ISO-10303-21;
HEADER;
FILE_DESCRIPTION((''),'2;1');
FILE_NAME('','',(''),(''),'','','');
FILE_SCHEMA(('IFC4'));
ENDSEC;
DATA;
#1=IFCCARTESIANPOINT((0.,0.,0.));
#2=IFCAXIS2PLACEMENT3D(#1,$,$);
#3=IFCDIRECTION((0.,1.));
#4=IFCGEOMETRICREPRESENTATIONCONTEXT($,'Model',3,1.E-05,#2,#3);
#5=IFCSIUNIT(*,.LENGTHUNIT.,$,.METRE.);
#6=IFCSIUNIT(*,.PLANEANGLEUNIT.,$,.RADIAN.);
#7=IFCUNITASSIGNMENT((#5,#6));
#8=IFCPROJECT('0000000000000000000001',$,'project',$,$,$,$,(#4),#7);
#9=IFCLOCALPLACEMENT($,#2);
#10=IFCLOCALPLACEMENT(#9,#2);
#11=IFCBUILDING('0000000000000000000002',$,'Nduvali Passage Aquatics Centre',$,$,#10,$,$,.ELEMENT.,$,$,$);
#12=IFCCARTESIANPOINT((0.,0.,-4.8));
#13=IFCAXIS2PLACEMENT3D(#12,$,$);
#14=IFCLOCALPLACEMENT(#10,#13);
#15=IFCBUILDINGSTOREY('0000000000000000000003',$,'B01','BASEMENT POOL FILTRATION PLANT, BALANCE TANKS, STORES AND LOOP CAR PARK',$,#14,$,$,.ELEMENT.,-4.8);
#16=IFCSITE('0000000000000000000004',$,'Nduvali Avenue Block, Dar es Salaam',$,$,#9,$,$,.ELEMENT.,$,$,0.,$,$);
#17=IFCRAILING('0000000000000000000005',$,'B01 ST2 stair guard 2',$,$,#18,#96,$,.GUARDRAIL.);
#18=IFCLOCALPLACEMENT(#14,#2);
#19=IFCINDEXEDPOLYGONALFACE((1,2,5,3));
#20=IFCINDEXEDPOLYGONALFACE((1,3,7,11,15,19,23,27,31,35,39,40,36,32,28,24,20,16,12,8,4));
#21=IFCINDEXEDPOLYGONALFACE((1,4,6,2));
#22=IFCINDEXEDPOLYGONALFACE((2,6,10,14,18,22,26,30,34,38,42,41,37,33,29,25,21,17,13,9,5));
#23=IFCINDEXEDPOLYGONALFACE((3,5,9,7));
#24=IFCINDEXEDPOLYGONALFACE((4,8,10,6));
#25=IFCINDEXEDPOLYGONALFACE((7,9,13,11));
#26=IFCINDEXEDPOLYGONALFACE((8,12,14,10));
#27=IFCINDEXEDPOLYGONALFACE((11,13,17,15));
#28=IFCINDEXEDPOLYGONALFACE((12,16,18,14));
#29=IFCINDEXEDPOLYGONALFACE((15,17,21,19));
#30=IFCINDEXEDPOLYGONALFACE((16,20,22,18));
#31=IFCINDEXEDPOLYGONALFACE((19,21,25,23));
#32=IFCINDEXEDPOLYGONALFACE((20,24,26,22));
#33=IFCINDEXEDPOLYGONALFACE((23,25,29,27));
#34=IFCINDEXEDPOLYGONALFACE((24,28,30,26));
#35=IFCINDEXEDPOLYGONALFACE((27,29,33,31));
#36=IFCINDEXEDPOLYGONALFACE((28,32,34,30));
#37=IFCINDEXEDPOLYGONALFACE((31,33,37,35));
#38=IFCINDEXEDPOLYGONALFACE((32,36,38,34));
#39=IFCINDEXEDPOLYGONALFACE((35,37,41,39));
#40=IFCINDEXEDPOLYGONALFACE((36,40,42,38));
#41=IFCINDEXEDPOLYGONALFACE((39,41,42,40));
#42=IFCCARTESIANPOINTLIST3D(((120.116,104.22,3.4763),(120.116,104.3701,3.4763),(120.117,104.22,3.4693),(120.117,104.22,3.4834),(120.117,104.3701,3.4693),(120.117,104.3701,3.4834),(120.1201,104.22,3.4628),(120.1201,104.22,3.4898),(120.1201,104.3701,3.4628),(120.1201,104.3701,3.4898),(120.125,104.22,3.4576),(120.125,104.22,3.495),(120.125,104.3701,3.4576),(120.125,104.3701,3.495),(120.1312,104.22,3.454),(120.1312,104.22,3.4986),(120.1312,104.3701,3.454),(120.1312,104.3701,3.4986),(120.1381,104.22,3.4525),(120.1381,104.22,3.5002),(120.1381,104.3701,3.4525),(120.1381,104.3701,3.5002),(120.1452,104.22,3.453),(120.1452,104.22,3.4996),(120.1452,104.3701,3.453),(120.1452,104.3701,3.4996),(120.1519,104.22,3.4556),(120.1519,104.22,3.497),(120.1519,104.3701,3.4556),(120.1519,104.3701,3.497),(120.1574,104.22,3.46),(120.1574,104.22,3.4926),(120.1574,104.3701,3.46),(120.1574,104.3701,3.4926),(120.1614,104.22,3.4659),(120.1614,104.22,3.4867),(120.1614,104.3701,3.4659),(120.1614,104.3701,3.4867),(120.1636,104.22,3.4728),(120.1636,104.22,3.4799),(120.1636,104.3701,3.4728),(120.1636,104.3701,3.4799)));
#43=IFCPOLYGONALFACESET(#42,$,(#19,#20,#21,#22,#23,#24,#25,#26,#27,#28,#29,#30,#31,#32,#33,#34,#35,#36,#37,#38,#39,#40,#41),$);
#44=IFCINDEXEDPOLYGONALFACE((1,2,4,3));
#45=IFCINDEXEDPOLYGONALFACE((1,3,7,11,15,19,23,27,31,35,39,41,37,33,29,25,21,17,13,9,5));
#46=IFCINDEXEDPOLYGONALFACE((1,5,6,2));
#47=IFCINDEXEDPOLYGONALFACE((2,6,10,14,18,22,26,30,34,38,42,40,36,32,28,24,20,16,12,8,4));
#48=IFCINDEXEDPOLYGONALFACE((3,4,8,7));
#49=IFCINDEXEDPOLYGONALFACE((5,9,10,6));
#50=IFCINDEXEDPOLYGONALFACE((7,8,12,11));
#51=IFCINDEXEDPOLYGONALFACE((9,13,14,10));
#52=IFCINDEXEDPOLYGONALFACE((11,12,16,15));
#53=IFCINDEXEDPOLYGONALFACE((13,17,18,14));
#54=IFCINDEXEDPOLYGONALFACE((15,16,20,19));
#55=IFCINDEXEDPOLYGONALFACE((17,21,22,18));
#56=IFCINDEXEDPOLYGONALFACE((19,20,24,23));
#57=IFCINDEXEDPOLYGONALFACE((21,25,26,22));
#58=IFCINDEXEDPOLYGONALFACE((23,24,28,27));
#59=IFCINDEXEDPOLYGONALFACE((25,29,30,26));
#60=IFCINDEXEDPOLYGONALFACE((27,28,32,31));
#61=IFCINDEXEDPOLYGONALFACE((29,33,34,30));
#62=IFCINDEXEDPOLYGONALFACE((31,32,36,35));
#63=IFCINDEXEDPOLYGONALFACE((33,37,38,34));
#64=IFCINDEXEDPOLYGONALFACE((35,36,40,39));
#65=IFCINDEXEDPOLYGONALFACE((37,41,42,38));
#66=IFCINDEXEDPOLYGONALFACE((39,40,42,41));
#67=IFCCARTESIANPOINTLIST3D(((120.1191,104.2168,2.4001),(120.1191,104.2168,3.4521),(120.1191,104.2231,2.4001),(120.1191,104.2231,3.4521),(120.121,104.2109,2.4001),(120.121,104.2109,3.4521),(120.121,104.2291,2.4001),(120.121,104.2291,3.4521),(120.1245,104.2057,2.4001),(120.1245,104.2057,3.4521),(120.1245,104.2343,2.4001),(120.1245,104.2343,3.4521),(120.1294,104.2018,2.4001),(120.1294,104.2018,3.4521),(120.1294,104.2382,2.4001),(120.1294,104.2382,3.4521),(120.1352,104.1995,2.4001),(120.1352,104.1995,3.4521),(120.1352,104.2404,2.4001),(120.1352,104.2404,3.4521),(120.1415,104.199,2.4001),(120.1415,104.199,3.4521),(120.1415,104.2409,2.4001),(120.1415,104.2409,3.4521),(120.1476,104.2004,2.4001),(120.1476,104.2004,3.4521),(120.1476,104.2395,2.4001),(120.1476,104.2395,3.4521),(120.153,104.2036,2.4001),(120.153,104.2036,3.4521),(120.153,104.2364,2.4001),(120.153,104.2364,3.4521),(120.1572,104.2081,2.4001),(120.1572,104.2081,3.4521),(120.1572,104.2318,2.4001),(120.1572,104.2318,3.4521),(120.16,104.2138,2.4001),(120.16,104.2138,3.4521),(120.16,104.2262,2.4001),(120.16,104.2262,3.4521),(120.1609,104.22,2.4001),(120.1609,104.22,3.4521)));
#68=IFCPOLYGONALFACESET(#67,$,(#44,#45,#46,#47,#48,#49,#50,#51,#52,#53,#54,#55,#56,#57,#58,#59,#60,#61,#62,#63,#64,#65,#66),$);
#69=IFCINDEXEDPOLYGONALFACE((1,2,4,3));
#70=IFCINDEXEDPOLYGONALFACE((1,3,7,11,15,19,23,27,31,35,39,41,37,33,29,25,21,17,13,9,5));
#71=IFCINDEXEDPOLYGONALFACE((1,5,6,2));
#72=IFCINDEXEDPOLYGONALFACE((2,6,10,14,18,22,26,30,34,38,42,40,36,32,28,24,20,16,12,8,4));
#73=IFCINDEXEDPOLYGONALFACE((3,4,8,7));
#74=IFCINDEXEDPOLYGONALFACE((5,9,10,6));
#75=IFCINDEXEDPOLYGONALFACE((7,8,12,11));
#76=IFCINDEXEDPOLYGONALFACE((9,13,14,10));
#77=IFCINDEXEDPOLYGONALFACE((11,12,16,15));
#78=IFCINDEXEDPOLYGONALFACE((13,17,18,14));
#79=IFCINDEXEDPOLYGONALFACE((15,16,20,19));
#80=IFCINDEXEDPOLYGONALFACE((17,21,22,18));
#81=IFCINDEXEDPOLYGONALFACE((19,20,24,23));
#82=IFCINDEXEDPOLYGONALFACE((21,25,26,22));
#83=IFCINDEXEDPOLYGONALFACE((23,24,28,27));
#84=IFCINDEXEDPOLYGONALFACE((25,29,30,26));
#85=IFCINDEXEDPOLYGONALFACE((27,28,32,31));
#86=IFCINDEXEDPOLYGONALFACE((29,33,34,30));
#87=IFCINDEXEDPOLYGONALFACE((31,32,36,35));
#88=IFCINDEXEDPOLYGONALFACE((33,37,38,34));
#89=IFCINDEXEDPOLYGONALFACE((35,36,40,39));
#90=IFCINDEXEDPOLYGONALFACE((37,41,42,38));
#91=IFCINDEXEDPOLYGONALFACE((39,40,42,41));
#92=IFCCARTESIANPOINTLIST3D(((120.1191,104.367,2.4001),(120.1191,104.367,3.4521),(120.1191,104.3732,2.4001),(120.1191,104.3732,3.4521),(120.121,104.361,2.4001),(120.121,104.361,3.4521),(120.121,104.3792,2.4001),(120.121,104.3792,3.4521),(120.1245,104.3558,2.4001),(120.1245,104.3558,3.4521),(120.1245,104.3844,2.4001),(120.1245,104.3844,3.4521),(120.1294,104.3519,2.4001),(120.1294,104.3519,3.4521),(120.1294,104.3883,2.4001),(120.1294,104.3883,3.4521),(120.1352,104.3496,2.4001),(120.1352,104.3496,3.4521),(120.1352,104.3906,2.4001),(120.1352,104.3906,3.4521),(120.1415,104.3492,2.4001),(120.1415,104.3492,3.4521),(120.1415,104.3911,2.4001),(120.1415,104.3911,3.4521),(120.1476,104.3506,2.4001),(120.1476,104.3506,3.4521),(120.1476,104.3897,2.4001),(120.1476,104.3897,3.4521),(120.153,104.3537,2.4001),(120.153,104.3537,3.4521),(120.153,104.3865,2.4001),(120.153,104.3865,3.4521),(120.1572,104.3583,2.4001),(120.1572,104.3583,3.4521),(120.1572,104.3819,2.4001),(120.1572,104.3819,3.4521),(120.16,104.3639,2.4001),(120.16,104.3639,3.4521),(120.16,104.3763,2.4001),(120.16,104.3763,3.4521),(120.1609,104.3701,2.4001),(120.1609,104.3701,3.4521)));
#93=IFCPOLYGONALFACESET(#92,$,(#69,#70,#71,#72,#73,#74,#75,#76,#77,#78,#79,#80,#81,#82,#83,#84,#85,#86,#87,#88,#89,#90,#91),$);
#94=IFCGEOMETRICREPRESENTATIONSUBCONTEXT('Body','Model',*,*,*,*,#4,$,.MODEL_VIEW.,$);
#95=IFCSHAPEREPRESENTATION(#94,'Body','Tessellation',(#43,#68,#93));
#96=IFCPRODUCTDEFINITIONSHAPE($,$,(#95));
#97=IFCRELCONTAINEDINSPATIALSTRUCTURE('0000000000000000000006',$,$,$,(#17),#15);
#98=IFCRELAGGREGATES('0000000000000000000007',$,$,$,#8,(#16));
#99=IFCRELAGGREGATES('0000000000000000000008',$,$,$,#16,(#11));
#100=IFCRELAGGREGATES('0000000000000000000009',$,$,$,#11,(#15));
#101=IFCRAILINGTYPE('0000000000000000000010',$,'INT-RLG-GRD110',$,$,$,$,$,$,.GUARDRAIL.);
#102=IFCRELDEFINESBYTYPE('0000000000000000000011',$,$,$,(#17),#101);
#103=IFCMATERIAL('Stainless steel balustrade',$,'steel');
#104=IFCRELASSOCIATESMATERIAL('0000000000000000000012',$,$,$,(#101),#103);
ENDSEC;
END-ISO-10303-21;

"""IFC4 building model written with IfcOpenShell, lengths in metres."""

from ifc_helpers import new_model, si_unit, direction, frame, origin, origin_2d, place, context, subcontext, project, spatial, circle, extrude, material, type_object, element, save


model = new_model("IFC4")

# Units and contexts
model_context = context("Model", 3, precision=1e-05, world=origin(), true_north=direction((0.0, 1.0)))
body_context = subcontext(model_context, "Body", "Model", "MODEL_VIEW")
ifc_project = project(units=[si_unit("LENGTHUNIT", "METRE"), si_unit("PLANEANGLEUNIT", "RADIAN")], contexts=[model_context])

# Site, building, storey
site_placement = place(None, origin())
site = spatial("IfcSite", under=ifc_project, at=site_placement, Name="Nduvali Avenue Block, Dar es Salaam", CompositionType="ELEMENT", RefElevation=0.0)
building_placement = place(site_placement, origin())
building = spatial("IfcBuilding", under=site, at=building_placement, Name="Nduvali Passage Aquatics Centre", CompositionType="ELEMENT")
storey_placement = place(building_placement, frame((0.0, 0.0, -4.8)))
storey = spatial("IfcBuildingStorey", under=building, at=storey_placement, Name="B01", Description="BASEMENT POOL FILTRATION PLANT, BALANCE TANKS, STORES AND LOOP CAR PARK", CompositionType="ELEMENT", Elevation=-4.8)

# Railing
ifc_material_1 = material(Name="Stainless steel balustrade", Category="steel")
railing_type_1 = type_object("IfcRailingType", Name="INT-RLG-GRD110", PredefinedType="GUARDRAIL", material=ifc_material_1)
railing_1_placement = place(storey_placement, frame((120.1399, 104.22, 2.4001)))
element("IfcRailing", 1, at=railing_1_placement, inside=storey, type_object=railing_type_1, Name="B01 ST2 stair guard 2", PredefinedType="GUARDRAIL", context=body_context, shape_type="SweptSolid", body=[
    extrude(circle(Radius=0.0239, at=origin_2d()), frame((0.0, 0.0, 1.0762), z_axis=(0.0, 1.0, 0.0), x_axis=(-1.0, 0.0, 0.0)), (0.0, 0.0, 1.0), 0.1501),
    extrude(circle(Radius=0.021, at=origin_2d()), origin(), (0.0, 0.0, 1.0), 1.052),
    extrude(circle(Radius=0.021, at=origin_2d()), frame((0.0, 0.1501, 0.0)), (0.0, 0.0, 1.0), 1.052),
])

save(model, "model.ifc")
